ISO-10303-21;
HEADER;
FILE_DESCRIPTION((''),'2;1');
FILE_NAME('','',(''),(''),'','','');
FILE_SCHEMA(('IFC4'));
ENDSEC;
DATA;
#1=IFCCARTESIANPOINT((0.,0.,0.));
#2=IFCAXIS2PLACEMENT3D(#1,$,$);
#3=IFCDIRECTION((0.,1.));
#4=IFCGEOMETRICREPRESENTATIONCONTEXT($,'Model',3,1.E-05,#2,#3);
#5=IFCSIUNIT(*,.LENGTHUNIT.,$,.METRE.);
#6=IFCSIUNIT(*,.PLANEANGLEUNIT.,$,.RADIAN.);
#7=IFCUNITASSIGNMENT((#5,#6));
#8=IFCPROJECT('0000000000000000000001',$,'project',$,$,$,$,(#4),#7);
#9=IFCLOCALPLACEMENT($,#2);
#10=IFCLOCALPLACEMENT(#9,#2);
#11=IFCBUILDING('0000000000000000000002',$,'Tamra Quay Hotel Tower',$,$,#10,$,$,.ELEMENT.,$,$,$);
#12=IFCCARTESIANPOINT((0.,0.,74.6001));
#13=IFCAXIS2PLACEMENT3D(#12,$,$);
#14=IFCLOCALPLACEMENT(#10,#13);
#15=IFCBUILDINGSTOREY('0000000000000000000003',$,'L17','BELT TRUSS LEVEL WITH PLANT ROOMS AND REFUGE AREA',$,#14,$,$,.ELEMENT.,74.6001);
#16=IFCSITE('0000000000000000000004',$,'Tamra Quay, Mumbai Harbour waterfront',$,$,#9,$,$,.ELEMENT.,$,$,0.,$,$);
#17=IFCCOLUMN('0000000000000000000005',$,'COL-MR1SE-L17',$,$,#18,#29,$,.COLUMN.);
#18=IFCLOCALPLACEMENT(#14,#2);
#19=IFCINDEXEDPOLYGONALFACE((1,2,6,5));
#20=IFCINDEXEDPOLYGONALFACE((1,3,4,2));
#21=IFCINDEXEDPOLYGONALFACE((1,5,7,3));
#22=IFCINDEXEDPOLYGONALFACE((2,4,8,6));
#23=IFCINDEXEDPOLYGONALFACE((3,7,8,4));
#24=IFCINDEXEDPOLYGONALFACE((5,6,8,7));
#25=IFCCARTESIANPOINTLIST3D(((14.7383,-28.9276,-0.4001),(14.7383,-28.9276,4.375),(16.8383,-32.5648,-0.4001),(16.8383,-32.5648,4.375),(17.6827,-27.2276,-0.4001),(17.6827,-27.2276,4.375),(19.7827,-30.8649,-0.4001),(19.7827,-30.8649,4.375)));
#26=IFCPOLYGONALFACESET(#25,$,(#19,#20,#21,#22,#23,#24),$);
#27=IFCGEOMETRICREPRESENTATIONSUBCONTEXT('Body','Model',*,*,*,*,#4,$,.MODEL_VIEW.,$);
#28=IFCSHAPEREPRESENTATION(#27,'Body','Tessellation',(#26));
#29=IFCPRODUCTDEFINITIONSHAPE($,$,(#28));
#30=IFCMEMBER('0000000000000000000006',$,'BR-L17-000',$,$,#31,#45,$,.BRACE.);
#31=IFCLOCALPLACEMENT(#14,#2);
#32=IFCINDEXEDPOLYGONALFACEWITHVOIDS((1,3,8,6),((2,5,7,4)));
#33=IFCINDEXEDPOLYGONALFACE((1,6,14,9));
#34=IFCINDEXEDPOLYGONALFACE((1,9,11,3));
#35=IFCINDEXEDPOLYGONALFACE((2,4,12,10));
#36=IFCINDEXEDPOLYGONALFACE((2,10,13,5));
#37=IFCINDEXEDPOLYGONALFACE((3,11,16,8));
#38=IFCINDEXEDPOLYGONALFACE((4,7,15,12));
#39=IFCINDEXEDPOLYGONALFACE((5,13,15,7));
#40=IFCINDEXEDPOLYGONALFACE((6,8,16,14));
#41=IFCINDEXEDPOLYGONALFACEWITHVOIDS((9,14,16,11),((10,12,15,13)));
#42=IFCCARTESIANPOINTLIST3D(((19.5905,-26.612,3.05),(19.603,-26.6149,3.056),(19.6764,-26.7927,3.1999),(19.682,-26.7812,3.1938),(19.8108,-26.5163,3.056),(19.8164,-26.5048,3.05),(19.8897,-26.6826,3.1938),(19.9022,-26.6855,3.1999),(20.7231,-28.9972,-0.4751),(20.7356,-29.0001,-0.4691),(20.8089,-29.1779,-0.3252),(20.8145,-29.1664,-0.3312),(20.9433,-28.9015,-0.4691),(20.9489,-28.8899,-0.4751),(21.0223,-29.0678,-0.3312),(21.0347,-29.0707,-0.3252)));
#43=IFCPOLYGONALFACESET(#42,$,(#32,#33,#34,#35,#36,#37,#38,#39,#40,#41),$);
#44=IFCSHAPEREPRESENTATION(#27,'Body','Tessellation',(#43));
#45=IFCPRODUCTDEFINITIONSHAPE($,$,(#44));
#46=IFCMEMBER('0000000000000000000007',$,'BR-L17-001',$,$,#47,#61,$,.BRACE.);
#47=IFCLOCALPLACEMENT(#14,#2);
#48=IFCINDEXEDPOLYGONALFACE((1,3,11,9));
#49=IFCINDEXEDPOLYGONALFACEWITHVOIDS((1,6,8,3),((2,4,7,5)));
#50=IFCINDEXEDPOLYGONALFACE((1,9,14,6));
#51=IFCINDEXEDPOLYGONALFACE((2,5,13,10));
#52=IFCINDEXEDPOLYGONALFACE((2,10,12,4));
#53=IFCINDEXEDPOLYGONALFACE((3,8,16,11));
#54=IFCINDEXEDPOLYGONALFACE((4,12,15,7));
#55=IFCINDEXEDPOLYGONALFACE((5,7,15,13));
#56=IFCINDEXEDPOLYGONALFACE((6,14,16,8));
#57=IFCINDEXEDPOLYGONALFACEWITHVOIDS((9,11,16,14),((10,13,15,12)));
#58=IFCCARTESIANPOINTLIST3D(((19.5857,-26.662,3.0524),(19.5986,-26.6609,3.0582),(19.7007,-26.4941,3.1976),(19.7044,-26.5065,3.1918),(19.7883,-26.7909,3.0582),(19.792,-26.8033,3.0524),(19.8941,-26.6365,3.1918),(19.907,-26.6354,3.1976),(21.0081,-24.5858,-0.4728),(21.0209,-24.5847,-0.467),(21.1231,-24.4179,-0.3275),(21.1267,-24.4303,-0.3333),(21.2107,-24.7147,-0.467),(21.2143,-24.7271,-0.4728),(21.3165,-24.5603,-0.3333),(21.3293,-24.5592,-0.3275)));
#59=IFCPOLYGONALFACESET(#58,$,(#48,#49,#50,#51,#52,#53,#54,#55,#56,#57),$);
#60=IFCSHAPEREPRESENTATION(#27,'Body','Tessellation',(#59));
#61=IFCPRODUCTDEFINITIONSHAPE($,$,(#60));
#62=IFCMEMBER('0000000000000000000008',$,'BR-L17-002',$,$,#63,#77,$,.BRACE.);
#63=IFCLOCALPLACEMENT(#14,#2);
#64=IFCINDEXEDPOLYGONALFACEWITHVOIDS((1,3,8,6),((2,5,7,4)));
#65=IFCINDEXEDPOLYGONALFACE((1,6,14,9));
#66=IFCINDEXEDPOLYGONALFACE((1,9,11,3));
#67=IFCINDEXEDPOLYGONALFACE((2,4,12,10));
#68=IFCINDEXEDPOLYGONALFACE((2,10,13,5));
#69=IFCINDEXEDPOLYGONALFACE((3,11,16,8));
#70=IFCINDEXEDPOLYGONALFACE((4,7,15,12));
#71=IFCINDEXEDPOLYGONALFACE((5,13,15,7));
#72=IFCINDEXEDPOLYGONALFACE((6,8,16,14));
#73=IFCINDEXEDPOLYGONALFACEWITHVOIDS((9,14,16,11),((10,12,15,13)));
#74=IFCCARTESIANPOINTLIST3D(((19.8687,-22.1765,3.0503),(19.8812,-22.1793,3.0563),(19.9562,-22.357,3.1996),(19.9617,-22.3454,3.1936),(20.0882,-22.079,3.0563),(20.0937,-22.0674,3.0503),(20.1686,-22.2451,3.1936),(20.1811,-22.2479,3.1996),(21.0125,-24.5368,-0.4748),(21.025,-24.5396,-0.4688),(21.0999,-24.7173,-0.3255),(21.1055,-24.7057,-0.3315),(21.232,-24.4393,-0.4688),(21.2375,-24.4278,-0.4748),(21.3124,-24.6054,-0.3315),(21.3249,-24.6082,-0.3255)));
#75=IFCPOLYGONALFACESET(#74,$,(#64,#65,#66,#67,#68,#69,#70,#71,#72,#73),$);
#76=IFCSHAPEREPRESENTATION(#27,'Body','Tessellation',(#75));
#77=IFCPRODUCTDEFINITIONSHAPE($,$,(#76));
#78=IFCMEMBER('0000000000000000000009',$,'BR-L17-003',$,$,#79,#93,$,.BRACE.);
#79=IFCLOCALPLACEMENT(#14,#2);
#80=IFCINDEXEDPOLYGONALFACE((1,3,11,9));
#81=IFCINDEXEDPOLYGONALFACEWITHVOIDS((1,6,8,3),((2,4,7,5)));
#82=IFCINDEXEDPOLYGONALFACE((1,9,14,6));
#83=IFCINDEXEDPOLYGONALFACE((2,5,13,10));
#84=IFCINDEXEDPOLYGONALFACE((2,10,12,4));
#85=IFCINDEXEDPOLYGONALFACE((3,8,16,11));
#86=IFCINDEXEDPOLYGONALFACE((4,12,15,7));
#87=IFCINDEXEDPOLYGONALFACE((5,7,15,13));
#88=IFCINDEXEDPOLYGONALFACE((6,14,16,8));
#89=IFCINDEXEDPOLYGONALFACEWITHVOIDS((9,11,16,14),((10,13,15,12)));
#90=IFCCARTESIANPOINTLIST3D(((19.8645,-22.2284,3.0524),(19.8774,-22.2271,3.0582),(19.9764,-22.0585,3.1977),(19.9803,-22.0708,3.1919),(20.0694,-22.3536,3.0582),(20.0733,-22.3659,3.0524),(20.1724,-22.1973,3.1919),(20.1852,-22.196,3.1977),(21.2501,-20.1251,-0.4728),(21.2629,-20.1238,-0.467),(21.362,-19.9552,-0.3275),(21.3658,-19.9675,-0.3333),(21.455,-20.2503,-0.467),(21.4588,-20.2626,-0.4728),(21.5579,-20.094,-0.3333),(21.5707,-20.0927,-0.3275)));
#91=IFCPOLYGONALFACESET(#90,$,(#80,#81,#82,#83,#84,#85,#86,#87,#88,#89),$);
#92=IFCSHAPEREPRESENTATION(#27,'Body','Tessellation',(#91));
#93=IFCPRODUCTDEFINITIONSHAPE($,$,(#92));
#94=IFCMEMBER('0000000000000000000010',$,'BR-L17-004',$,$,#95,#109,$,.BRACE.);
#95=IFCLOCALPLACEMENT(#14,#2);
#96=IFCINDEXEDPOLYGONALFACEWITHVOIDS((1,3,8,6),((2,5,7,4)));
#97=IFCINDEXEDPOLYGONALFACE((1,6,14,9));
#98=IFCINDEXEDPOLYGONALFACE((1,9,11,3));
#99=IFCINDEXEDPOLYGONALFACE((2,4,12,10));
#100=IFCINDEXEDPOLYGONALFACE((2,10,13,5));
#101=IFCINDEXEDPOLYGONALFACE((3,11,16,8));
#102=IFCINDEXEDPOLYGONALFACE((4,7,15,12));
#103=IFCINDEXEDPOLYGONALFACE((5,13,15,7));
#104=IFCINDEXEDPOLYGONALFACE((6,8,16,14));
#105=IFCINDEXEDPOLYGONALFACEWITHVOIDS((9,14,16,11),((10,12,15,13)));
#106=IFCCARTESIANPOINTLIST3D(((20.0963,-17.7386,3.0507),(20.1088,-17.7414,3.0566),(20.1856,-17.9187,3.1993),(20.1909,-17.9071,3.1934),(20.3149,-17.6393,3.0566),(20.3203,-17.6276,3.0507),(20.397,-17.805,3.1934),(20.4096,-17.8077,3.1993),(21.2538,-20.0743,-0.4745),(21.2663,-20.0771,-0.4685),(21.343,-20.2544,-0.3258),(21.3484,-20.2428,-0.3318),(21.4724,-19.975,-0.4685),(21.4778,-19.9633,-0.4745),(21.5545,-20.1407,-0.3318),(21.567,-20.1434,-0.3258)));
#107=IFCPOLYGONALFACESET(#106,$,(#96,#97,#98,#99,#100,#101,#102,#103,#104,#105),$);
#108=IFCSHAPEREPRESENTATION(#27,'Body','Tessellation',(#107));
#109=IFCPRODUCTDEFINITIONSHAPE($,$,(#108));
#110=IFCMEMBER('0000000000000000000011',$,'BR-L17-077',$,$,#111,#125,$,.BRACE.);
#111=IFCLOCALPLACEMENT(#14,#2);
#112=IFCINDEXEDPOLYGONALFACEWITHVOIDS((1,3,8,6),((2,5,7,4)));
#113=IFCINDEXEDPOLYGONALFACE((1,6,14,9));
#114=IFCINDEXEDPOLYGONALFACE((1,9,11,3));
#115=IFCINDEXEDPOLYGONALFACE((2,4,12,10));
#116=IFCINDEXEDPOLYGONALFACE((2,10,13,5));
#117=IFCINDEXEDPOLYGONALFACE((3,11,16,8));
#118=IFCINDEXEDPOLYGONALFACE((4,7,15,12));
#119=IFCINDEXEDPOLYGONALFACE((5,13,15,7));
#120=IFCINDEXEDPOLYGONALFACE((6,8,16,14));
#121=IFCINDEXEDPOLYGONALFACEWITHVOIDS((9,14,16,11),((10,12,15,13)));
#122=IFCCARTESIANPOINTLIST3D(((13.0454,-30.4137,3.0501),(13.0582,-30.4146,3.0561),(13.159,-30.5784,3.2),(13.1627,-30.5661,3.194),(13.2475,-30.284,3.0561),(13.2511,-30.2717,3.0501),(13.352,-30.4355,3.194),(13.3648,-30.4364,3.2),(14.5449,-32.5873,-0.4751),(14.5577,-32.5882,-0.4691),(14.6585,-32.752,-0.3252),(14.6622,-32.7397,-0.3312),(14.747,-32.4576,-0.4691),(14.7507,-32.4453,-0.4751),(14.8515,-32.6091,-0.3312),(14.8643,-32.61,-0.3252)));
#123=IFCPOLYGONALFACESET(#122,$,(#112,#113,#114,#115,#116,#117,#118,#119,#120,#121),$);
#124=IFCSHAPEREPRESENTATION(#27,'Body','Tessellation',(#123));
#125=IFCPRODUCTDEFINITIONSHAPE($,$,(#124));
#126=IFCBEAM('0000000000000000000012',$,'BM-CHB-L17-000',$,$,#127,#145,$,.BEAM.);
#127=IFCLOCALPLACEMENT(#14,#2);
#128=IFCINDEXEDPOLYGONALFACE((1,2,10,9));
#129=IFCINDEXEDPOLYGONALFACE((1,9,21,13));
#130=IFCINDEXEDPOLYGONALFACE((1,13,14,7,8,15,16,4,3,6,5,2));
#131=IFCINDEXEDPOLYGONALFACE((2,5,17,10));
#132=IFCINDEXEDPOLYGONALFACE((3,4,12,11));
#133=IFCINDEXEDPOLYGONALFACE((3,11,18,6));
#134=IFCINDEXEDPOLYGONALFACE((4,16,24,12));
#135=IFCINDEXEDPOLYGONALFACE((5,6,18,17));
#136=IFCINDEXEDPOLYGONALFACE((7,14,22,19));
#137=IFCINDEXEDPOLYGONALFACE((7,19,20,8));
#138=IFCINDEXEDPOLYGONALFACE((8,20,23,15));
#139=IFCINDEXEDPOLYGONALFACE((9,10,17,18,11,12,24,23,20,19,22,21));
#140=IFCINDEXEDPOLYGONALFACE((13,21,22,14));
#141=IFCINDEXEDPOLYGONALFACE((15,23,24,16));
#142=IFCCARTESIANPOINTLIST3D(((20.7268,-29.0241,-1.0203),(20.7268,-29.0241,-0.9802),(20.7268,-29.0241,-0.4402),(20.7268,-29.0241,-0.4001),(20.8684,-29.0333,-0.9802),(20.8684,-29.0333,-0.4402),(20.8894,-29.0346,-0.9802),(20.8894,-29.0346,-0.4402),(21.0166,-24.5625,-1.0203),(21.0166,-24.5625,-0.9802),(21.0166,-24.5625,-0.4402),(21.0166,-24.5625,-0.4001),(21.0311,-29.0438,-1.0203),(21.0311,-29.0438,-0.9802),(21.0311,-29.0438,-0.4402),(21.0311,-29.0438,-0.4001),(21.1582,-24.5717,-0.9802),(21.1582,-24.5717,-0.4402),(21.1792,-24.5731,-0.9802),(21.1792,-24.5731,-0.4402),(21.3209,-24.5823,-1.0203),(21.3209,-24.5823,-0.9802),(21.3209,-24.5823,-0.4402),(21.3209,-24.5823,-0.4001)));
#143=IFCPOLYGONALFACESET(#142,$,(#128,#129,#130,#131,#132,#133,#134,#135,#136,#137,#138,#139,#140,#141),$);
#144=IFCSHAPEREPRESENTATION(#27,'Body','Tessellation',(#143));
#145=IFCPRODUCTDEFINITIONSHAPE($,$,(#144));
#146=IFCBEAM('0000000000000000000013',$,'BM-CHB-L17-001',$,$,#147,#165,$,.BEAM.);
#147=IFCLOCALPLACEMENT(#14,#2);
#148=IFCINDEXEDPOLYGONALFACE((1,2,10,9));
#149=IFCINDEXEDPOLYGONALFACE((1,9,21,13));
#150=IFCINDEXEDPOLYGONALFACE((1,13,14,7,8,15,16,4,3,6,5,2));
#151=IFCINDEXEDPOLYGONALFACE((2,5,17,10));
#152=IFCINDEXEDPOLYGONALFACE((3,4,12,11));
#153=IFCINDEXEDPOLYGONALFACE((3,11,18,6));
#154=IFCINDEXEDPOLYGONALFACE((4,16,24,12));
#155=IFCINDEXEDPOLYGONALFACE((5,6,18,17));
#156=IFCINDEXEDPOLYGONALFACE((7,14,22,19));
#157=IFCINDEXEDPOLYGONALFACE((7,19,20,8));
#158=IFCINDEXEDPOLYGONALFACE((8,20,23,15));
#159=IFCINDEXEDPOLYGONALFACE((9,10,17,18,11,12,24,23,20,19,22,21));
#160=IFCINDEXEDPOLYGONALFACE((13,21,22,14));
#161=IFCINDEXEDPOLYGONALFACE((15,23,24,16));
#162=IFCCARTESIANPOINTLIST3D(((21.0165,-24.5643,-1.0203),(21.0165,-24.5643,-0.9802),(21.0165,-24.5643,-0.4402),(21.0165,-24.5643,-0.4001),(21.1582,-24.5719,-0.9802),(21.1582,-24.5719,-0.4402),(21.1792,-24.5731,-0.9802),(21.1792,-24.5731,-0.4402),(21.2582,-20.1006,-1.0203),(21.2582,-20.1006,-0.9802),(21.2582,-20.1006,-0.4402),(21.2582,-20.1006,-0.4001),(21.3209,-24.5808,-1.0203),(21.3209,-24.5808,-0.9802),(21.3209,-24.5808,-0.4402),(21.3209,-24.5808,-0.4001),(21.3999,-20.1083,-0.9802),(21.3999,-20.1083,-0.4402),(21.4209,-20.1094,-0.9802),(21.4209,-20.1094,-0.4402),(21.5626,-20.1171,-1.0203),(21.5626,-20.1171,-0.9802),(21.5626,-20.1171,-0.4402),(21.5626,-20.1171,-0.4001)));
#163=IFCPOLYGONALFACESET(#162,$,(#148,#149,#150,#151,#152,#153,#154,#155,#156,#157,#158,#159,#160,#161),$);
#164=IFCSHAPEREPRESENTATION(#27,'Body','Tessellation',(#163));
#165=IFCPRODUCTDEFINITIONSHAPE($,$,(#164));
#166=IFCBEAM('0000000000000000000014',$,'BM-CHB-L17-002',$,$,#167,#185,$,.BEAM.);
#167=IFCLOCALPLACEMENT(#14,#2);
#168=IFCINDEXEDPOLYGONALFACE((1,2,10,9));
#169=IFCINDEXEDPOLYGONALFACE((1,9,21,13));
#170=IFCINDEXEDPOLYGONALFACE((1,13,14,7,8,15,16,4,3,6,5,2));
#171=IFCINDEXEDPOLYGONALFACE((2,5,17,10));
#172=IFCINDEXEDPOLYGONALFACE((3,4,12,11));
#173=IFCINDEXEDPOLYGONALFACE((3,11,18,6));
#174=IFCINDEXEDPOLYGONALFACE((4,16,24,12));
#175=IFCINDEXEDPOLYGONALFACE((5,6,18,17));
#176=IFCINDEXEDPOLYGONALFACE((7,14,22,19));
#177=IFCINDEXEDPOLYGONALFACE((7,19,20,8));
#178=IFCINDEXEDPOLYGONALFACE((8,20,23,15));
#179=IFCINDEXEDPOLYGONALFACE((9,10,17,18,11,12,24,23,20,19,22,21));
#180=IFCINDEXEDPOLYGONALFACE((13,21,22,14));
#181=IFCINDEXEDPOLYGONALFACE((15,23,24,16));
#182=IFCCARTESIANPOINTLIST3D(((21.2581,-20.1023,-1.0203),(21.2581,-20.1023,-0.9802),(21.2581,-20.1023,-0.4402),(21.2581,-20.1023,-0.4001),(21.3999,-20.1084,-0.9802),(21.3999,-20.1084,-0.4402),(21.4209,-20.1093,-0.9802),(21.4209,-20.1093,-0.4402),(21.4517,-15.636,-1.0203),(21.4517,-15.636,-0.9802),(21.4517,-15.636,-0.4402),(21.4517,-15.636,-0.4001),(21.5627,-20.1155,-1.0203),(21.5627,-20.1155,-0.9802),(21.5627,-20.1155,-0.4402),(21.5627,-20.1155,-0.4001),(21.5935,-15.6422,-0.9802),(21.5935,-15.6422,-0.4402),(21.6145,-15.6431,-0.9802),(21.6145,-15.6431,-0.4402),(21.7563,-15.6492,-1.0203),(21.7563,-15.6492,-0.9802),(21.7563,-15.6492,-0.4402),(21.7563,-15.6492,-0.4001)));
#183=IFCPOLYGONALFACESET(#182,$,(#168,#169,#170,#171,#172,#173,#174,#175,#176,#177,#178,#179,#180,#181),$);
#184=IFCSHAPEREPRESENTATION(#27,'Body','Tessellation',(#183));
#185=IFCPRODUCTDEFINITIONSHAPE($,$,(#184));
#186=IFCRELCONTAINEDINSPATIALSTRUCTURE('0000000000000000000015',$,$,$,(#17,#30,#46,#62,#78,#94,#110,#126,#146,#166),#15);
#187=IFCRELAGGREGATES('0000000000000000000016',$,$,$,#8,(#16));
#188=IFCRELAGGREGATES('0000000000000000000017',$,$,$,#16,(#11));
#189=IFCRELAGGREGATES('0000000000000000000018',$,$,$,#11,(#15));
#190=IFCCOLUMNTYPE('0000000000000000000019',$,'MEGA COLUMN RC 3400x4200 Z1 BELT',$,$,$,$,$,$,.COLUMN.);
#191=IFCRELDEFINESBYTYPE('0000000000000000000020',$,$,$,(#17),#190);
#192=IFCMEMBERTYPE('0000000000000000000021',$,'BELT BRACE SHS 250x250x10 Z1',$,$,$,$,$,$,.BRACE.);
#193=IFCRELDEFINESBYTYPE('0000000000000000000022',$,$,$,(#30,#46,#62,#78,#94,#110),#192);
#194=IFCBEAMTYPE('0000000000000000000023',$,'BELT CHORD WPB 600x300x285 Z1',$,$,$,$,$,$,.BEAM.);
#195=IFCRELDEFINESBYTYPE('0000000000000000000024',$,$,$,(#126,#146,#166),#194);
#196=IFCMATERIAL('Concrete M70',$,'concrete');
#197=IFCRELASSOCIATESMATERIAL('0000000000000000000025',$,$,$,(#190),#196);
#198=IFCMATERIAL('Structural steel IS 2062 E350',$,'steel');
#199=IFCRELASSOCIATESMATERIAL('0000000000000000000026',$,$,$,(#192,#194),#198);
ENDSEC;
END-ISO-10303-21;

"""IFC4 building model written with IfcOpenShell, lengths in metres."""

from ifc_helpers import new_model, si_unit, direction, frame, origin, origin_2d, place, context, subcontext, project, spatial, rectangle, hollow_rectangle, i_section, extrude, material, material_profile, profile_set, type_object, element, save


model = new_model("IFC4")

# Units and contexts
model_context = context("Model", 3, precision=1e-05, world=origin(), true_north=direction((0.0, 1.0)))
body_context = subcontext(model_context, "Body", "Model", "MODEL_VIEW")
ifc_project = project(units=[si_unit("LENGTHUNIT", "METRE"), si_unit("PLANEANGLEUNIT", "RADIAN")], contexts=[model_context])

# Site, building, storey
site_placement = place(None, origin())
site = spatial("IfcSite", under=ifc_project, at=site_placement, Name="Tamra Quay, Mumbai Harbour waterfront", CompositionType="ELEMENT", RefElevation=0.0)
building_placement = place(site_placement, origin())
building = spatial("IfcBuilding", under=site, at=building_placement, Name="Tamra Quay Hotel Tower", CompositionType="ELEMENT")
storey_placement = place(building_placement, frame((0.0, 0.0, 74.6001)))
storey = spatial("IfcBuildingStorey", under=building, at=storey_placement, Name="L17", Description="BELT TRUSS LEVEL WITH PLANT ROOMS AND REFUGE AREA", CompositionType="ELEMENT", Elevation=74.6001)

# Column
ifc_material_1 = material(Name="Concrete M70", Category="concrete")
ifc_material_profile_1 = material_profile(ifc_material_1, rectangle(XDim=4.2, YDim=3.3999, at=origin_2d()), Name="MEGA COLUMN RC 3400x4200 Z1 BELT")
ifc_profile_set_1 = profile_set([ifc_material_profile_1], Name="Concrete M70")
column_type = type_object("IfcColumnType", Name="MEGA COLUMN RC 3400x4200 Z1 BELT", PredefinedType="COLUMN", material=ifc_profile_set_1)
column_placement = place(storey_placement, frame((17.2605, -29.8962, -0.4001), z_axis=(0.0, 0.0, 1.0), x_axis=(-0.5, 0.866025, 0.0)))
element("IfcColumn", 1, at=column_placement, inside=storey, type_object=column_type, Name="COL-MR1SE-L17", PredefinedType="COLUMN", context=body_context, shape_type="SweptSolid", body=[
    extrude(rectangle(XDim=4.2, YDim=3.3999, at=origin_2d()), origin(), (0.0, 0.0, 1.0), 4.7751),
])

# Members
ifc_material_2 = material(Name="Structural steel IS 2062 E350", Category="steel")
ifc_material_profile_2 = material_profile(ifc_material_2, hollow_rectangle(XDim=0.25, YDim=0.25, WallThickness=0.01, at=origin_2d()), Name="SHS 250x250x10")
ifc_profile_set_2 = profile_set([ifc_material_profile_2], Name="Structural steel IS 2062 E350")
member_type = type_object("IfcMemberType", Name="BELT BRACE SHS 250x250x10 Z1", PredefinedType="BRACE", material=ifc_profile_set_2)
member_1_placement = place(storey_placement, frame((20.8789, -29.0339, -0.4001), z_axis=(-0.257144, 0.541561, 0.800368), x_axis=(-0.90334, -0.428925, 0.0)))
element("IfcMember", 2, at=member_1_placement, inside=storey, type_object=member_type, Name="BR-L17-000", PredefinedType="BRACE", context=body_context, shape_type="SweptSolid", body=[
    extrude(hollow_rectangle(XDim=0.25, YDim=0.25, WallThickness=0.01, at=origin_2d()), origin(), (0.0, 0.0, 1.0), 4.4043),
])
member_2_placement = place(storey_placement, frame((21.1687, -24.5725, -0.4001), z_axis=(-0.328391, -0.47934, 0.813875), x_axis=(0.824969, -0.565178, 0.0)))
element("IfcMember", 3, at=member_2_placement, inside=storey, type_object=member_type, Name="BR-L17-001", PredefinedType="BRACE", context=body_context, shape_type="SweptSolid", body=[
    extrude(hollow_rectangle(XDim=0.25, YDim=0.25, WallThickness=0.01, at=origin_2d()), origin(), (0.0, 0.0, 1.0), 4.3313),
])
member_3_placement = place(storey_placement, frame((21.1687, -24.5725, -0.4001), z_axis=(-0.260316, 0.537191, 0.802285), x_axis=(-0.899906, -0.436084, 0.0)))
element("IfcMember", 4, at=member_3_placement, inside=storey, type_object=member_type, Name="BR-L17-002", PredefinedType="BRACE", context=body_context, shape_type="SweptSolid", body=[
    extrude(hollow_rectangle(XDim=0.25, YDim=0.25, WallThickness=0.01, at=origin_2d()), origin(), (0.0, 0.0, 1.0), 4.3938),
])
member_4_placement = place(storey_placement, frame((21.4104, -20.1089, -0.4001), z_axis=(-0.319796, -0.485471, 0.813664), x_axis=(0.835095, -0.550106, 0.0)))
element("IfcMember", 5, at=member_4_placement, inside=storey, type_object=member_type, Name="BR-L17-003", PredefinedType="BRACE", context=body_context, shape_type="SweptSolid", body=[
    extrude(hollow_rectangle(XDim=0.25, YDim=0.25, WallThickness=0.01, at=origin_2d()), origin(), (0.0, 0.0, 1.0), 4.3325),
])
member_5_placement = place(storey_placement, frame((21.4104, -20.1089, -0.4001), z_axis=(-0.264005, 0.532743, 0.804043), x_axis=(-0.896014, -0.444026, 0.0)))
element("IfcMember", 6, at=member_5_placement, inside=storey, type_object=member_type, Name="BR-L17-004", PredefinedType="BRACE", context=body_context, shape_type="SweptSolid", body=[
    extrude(hollow_rectangle(XDim=0.25, YDim=0.25, WallThickness=0.01, at=origin_2d()), origin(), (0.0, 0.0, 1.0), 4.3843),
])
member_6_placement = place(storey_placement, frame((14.7046, -32.5986, -0.4001), z_axis=(-0.34045, 0.493491, 0.80035), x_axis=(-0.823126, -0.567858, 0.0)))
element("IfcMember", 7, at=member_6_placement, inside=storey, type_object=member_type, Name="BR-L17-077", PredefinedType="BRACE", context=body_context, shape_type="SweptSolid", body=[
    extrude(hollow_rectangle(XDim=0.25, YDim=0.25, WallThickness=0.01, at=origin_2d()), origin(), (0.0, 0.0, 1.0), 4.4045),
])

# Beams
ifc_material_profile_3 = material_profile(ifc_material_2, i_section(OverallWidth=0.3049, OverallDepth=0.6201, WebThickness=0.021, FlangeThickness=0.04, at=origin_2d()), Name="WPB 600x300x285")
ifc_profile_set_3 = profile_set([ifc_material_profile_3], Name="Structural steel IS 2062 E350")
beam_type_1 = type_object("IfcBeamType", Name="BELT CHORD WPB 600x300x285 Z1", PredefinedType="BEAM", material=ifc_profile_set_3)
beam_1_placement = place(storey_placement, frame((20.8789, -29.0339, -0.7102), z_axis=(0.064819, 0.997897, 0.0), x_axis=(-0.997897, 0.064819, 0.0)))
element("IfcBeam", 8, at=beam_1_placement, inside=storey, type_object=beam_type_1, Name="BM-CHB-L17-000", PredefinedType="BEAM", context=body_context, shape_type="SweptSolid", body=[
    extrude(i_section(OverallWidth=0.3049, OverallDepth=0.6201, WebThickness=0.021, FlangeThickness=0.04, at=origin_2d()), origin(), (0.0, 0.0, 1.0), 4.4709),
])
beam_2_placement = place(storey_placement, frame((21.1687, -24.5725, -0.7102), z_axis=(0.054069, 0.998537, 0.0), x_axis=(-0.998537, 0.054069, 0.0)))
element("IfcBeam", 9, at=beam_2_placement, inside=storey, type_object=beam_type_1, Name="BM-CHB-L17-001", PredefinedType="BEAM", context=body_context, shape_type="SweptSolid", body=[
    extrude(i_section(OverallWidth=0.3049, OverallDepth=0.6201, WebThickness=0.021, FlangeThickness=0.04, at=origin_2d()), origin(), (0.0, 0.0, 1.0), 4.4702),
])
beam_3_placement = place(storey_placement, frame((21.4104, -20.1089, -0.7102), z_axis=(0.043307, 0.999062, 0.0), x_axis=(-0.999062, 0.043307, 0.0)))
element("IfcBeam", 10, at=beam_3_placement, inside=storey, type_object=beam_type_1, Name="BM-CHB-L17-002", PredefinedType="BEAM", context=body_context, shape_type="SweptSolid", body=[
    extrude(i_section(OverallWidth=0.3049, OverallDepth=0.6201, WebThickness=0.021, FlangeThickness=0.04, at=origin_2d()), origin(), (0.0, 0.0, 1.0), 4.4705),
])

save(model, "model.ifc")
